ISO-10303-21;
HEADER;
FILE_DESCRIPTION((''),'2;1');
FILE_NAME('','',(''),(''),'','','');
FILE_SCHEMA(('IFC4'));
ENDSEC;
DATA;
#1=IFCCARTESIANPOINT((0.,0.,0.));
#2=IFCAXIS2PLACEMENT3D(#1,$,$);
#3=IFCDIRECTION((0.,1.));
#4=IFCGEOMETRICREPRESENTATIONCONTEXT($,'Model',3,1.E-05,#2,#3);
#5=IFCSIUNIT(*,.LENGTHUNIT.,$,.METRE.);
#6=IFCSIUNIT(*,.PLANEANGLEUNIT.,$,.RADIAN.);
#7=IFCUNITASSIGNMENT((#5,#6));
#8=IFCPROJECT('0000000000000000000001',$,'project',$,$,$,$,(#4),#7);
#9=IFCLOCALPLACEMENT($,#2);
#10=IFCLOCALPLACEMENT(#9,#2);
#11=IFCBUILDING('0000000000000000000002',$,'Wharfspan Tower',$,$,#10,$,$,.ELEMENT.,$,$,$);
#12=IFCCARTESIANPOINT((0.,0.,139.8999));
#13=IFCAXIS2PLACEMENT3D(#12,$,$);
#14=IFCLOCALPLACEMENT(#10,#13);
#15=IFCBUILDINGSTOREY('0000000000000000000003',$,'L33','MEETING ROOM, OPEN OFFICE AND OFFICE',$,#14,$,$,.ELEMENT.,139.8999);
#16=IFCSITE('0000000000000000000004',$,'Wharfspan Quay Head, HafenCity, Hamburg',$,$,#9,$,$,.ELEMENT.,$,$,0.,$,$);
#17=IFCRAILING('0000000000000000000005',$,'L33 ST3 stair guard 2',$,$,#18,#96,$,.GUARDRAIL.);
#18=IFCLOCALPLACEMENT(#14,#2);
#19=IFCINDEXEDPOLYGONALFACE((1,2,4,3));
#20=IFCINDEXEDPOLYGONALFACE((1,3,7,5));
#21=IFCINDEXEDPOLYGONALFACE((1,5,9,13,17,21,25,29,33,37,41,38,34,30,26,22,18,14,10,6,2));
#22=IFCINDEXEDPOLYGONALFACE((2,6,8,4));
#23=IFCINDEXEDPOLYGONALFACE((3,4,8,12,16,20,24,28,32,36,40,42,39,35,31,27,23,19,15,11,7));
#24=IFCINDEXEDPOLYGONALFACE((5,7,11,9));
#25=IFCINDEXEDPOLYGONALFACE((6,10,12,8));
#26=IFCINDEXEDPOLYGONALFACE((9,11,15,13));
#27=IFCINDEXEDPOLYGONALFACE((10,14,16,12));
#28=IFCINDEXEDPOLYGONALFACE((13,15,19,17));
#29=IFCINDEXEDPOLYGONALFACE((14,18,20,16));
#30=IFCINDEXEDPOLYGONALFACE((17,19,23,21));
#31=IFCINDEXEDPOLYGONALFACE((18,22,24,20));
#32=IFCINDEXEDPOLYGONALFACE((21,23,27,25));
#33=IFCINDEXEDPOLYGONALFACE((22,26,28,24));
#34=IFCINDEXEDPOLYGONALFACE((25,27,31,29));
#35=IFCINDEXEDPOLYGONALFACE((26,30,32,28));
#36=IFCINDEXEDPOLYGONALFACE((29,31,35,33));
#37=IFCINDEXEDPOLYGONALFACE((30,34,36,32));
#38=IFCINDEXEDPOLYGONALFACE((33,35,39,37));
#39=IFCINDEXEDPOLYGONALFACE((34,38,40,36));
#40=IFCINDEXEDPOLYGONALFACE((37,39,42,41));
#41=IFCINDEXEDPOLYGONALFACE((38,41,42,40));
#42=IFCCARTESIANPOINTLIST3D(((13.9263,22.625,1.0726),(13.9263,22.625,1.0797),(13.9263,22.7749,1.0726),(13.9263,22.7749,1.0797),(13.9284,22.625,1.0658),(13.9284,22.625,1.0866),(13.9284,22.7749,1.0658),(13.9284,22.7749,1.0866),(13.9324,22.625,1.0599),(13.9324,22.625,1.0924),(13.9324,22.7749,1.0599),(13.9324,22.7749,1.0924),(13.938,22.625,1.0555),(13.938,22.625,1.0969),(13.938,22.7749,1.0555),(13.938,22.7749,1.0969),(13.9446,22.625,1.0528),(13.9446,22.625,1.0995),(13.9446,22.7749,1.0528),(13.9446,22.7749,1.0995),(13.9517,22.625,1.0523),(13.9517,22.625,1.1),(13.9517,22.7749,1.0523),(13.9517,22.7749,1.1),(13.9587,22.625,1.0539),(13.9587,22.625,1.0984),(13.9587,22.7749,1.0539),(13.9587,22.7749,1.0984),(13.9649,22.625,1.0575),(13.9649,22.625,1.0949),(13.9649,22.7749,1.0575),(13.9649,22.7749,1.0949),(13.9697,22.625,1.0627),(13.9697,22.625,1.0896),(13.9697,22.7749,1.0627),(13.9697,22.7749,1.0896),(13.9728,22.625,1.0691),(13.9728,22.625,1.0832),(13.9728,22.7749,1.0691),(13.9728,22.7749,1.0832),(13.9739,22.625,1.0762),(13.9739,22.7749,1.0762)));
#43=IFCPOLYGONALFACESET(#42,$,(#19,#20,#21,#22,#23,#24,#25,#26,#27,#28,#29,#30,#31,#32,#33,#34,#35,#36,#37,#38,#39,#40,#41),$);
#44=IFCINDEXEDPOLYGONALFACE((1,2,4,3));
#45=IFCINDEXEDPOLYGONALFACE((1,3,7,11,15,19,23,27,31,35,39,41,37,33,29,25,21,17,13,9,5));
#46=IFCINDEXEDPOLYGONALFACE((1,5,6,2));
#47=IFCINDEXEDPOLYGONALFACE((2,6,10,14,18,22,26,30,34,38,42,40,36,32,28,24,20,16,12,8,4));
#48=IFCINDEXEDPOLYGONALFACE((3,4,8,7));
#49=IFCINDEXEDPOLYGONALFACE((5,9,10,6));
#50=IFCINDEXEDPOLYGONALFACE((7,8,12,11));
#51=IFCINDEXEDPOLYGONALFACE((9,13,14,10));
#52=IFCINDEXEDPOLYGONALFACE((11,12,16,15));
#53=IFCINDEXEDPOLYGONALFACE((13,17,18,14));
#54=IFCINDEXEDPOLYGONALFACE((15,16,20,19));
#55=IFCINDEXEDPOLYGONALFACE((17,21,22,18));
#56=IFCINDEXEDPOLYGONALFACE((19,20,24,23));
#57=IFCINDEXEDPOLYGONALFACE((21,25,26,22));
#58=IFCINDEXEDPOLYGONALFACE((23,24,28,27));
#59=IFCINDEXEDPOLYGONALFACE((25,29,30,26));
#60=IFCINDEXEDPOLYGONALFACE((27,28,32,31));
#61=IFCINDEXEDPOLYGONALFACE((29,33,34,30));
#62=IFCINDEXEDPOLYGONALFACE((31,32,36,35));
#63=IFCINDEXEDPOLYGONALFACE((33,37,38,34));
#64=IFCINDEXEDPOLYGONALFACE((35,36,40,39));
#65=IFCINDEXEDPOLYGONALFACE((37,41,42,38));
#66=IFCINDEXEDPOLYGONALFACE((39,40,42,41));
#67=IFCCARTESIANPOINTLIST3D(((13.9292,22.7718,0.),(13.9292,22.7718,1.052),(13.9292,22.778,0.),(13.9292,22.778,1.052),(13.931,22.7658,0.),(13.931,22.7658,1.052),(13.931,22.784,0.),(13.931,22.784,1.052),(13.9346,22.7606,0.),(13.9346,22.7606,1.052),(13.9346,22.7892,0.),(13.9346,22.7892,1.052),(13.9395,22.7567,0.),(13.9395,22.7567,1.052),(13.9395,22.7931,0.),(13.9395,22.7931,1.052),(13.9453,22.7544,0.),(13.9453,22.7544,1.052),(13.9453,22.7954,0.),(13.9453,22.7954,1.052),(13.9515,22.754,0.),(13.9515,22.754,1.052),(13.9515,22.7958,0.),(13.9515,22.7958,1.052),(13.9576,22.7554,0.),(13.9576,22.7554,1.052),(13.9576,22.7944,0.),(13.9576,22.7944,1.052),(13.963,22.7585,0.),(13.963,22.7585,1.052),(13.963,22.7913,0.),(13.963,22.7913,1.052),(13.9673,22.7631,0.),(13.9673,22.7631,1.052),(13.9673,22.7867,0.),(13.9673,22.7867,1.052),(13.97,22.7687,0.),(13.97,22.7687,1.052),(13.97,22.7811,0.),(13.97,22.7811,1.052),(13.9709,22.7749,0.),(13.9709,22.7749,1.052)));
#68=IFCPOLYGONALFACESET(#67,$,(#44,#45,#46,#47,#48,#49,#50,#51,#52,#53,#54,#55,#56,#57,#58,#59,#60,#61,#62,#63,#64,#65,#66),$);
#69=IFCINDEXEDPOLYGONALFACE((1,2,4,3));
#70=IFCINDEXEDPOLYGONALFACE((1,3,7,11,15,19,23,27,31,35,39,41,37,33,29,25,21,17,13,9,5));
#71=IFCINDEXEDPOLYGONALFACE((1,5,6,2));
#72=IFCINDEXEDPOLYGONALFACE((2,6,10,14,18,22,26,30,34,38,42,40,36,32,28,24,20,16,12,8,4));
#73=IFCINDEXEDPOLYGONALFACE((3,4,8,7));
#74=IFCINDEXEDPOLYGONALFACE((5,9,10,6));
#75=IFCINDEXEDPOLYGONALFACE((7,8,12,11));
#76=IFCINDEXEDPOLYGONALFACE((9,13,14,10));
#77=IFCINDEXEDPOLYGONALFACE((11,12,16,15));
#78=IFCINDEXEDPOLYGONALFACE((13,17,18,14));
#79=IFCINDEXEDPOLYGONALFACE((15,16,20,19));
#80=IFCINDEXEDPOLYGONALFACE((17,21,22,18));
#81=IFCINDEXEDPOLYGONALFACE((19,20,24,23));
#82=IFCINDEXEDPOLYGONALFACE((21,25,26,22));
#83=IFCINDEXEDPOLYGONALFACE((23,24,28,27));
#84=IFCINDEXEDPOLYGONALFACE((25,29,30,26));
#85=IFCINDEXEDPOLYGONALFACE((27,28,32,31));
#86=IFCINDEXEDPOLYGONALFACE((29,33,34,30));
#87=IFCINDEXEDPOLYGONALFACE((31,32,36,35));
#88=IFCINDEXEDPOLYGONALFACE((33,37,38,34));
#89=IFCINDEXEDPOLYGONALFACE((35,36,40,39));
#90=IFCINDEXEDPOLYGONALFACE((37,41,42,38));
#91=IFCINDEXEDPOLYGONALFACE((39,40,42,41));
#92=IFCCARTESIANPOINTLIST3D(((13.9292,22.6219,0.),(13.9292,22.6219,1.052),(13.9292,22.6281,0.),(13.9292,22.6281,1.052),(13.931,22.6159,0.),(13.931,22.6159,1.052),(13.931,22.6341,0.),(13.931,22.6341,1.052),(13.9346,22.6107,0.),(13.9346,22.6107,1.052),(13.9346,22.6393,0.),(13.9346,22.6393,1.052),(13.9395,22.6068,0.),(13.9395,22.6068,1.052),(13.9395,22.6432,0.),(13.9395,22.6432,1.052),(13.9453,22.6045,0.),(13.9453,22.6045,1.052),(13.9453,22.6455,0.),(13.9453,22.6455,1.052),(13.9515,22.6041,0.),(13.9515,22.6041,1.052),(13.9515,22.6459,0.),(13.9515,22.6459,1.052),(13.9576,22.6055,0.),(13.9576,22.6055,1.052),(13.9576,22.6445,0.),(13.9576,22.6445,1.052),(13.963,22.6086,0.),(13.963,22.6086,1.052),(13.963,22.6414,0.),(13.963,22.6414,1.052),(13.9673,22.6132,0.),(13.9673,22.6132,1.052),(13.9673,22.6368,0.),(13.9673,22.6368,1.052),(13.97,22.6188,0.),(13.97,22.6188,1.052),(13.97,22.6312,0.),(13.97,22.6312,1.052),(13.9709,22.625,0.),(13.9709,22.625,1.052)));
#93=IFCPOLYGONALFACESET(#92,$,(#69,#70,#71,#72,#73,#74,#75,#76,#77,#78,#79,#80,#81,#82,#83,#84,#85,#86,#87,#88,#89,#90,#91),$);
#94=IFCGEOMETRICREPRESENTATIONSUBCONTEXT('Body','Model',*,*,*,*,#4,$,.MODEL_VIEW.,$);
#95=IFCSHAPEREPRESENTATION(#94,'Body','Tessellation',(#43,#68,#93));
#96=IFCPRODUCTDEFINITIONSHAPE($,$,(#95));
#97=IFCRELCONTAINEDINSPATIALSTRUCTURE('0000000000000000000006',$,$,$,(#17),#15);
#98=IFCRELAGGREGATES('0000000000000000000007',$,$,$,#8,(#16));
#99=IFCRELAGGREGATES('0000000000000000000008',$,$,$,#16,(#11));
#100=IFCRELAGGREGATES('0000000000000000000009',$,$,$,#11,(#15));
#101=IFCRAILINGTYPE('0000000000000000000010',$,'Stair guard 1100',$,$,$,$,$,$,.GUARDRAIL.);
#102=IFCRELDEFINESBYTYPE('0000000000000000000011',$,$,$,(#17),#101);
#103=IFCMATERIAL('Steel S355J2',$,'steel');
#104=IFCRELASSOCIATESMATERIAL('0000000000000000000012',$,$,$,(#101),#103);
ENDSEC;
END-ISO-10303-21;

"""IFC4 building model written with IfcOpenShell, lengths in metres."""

from ifc_helpers import new_model, si_unit, direction, frame, origin, origin_2d, place, context, subcontext, project, spatial, circle, extrude, material, type_object, element, save


model = new_model("IFC4")

# Units and contexts
model_context = context("Model", 3, precision=1e-05, world=origin(), true_north=direction((0.0, 1.0)))
body_context = subcontext(model_context, "Body", "Model", "MODEL_VIEW")
ifc_project = project(units=[si_unit("LENGTHUNIT", "METRE"), si_unit("PLANEANGLEUNIT", "RADIAN")], contexts=[model_context])

# Site, building, storey
site_placement = place(None, origin())
site = spatial("IfcSite", under=ifc_project, at=site_placement, Name="Wharfspan Quay Head, HafenCity, Hamburg", CompositionType="ELEMENT", RefElevation=0.0)
building_placement = place(site_placement, origin())
building = spatial("IfcBuilding", under=site, at=building_placement, Name="Wharfspan Tower", CompositionType="ELEMENT")
storey_placement = place(building_placement, frame((0.0, 0.0, 139.8999)))
storey = spatial("IfcBuildingStorey", under=building, at=storey_placement, Name="L33", Description="MEETING ROOM, OPEN OFFICE AND OFFICE", CompositionType="ELEMENT", Elevation=139.8999)

# Shared definitions
ifc_material_1 = material(Name="Steel S355J2", Category="steel")

# Railing
railing_type_1 = type_object("IfcRailingType", Name="Stair guard 1100", PredefinedType="GUARDRAIL", material=ifc_material_1)
railing_1_placement = place(storey_placement, frame((13.95, 22.7749, 0.0)))
element("IfcRailing", 1, at=railing_1_placement, inside=storey, type_object=railing_type_1, Name="L33 ST3 stair guard 2", PredefinedType="GUARDRAIL", context=body_context, shape_type="SweptSolid", body=[
    extrude(circle(Radius=0.0239, at=origin_2d()), frame((0.0, 0.0, 1.0762), z_axis=(0.0, -1.0, 0.0), x_axis=(1.0, 0.0, 0.0)), (0.0, 0.0, 1.0), 0.1499),
    extrude(circle(Radius=0.021, at=origin_2d()), origin(), (0.0, 0.0, 1.0), 1.052),
    extrude(circle(Radius=0.021, at=origin_2d()), frame((0.0, -0.1499, 0.0)), (0.0, 0.0, 1.0), 1.052),
])

save(model, "model.ifc")
